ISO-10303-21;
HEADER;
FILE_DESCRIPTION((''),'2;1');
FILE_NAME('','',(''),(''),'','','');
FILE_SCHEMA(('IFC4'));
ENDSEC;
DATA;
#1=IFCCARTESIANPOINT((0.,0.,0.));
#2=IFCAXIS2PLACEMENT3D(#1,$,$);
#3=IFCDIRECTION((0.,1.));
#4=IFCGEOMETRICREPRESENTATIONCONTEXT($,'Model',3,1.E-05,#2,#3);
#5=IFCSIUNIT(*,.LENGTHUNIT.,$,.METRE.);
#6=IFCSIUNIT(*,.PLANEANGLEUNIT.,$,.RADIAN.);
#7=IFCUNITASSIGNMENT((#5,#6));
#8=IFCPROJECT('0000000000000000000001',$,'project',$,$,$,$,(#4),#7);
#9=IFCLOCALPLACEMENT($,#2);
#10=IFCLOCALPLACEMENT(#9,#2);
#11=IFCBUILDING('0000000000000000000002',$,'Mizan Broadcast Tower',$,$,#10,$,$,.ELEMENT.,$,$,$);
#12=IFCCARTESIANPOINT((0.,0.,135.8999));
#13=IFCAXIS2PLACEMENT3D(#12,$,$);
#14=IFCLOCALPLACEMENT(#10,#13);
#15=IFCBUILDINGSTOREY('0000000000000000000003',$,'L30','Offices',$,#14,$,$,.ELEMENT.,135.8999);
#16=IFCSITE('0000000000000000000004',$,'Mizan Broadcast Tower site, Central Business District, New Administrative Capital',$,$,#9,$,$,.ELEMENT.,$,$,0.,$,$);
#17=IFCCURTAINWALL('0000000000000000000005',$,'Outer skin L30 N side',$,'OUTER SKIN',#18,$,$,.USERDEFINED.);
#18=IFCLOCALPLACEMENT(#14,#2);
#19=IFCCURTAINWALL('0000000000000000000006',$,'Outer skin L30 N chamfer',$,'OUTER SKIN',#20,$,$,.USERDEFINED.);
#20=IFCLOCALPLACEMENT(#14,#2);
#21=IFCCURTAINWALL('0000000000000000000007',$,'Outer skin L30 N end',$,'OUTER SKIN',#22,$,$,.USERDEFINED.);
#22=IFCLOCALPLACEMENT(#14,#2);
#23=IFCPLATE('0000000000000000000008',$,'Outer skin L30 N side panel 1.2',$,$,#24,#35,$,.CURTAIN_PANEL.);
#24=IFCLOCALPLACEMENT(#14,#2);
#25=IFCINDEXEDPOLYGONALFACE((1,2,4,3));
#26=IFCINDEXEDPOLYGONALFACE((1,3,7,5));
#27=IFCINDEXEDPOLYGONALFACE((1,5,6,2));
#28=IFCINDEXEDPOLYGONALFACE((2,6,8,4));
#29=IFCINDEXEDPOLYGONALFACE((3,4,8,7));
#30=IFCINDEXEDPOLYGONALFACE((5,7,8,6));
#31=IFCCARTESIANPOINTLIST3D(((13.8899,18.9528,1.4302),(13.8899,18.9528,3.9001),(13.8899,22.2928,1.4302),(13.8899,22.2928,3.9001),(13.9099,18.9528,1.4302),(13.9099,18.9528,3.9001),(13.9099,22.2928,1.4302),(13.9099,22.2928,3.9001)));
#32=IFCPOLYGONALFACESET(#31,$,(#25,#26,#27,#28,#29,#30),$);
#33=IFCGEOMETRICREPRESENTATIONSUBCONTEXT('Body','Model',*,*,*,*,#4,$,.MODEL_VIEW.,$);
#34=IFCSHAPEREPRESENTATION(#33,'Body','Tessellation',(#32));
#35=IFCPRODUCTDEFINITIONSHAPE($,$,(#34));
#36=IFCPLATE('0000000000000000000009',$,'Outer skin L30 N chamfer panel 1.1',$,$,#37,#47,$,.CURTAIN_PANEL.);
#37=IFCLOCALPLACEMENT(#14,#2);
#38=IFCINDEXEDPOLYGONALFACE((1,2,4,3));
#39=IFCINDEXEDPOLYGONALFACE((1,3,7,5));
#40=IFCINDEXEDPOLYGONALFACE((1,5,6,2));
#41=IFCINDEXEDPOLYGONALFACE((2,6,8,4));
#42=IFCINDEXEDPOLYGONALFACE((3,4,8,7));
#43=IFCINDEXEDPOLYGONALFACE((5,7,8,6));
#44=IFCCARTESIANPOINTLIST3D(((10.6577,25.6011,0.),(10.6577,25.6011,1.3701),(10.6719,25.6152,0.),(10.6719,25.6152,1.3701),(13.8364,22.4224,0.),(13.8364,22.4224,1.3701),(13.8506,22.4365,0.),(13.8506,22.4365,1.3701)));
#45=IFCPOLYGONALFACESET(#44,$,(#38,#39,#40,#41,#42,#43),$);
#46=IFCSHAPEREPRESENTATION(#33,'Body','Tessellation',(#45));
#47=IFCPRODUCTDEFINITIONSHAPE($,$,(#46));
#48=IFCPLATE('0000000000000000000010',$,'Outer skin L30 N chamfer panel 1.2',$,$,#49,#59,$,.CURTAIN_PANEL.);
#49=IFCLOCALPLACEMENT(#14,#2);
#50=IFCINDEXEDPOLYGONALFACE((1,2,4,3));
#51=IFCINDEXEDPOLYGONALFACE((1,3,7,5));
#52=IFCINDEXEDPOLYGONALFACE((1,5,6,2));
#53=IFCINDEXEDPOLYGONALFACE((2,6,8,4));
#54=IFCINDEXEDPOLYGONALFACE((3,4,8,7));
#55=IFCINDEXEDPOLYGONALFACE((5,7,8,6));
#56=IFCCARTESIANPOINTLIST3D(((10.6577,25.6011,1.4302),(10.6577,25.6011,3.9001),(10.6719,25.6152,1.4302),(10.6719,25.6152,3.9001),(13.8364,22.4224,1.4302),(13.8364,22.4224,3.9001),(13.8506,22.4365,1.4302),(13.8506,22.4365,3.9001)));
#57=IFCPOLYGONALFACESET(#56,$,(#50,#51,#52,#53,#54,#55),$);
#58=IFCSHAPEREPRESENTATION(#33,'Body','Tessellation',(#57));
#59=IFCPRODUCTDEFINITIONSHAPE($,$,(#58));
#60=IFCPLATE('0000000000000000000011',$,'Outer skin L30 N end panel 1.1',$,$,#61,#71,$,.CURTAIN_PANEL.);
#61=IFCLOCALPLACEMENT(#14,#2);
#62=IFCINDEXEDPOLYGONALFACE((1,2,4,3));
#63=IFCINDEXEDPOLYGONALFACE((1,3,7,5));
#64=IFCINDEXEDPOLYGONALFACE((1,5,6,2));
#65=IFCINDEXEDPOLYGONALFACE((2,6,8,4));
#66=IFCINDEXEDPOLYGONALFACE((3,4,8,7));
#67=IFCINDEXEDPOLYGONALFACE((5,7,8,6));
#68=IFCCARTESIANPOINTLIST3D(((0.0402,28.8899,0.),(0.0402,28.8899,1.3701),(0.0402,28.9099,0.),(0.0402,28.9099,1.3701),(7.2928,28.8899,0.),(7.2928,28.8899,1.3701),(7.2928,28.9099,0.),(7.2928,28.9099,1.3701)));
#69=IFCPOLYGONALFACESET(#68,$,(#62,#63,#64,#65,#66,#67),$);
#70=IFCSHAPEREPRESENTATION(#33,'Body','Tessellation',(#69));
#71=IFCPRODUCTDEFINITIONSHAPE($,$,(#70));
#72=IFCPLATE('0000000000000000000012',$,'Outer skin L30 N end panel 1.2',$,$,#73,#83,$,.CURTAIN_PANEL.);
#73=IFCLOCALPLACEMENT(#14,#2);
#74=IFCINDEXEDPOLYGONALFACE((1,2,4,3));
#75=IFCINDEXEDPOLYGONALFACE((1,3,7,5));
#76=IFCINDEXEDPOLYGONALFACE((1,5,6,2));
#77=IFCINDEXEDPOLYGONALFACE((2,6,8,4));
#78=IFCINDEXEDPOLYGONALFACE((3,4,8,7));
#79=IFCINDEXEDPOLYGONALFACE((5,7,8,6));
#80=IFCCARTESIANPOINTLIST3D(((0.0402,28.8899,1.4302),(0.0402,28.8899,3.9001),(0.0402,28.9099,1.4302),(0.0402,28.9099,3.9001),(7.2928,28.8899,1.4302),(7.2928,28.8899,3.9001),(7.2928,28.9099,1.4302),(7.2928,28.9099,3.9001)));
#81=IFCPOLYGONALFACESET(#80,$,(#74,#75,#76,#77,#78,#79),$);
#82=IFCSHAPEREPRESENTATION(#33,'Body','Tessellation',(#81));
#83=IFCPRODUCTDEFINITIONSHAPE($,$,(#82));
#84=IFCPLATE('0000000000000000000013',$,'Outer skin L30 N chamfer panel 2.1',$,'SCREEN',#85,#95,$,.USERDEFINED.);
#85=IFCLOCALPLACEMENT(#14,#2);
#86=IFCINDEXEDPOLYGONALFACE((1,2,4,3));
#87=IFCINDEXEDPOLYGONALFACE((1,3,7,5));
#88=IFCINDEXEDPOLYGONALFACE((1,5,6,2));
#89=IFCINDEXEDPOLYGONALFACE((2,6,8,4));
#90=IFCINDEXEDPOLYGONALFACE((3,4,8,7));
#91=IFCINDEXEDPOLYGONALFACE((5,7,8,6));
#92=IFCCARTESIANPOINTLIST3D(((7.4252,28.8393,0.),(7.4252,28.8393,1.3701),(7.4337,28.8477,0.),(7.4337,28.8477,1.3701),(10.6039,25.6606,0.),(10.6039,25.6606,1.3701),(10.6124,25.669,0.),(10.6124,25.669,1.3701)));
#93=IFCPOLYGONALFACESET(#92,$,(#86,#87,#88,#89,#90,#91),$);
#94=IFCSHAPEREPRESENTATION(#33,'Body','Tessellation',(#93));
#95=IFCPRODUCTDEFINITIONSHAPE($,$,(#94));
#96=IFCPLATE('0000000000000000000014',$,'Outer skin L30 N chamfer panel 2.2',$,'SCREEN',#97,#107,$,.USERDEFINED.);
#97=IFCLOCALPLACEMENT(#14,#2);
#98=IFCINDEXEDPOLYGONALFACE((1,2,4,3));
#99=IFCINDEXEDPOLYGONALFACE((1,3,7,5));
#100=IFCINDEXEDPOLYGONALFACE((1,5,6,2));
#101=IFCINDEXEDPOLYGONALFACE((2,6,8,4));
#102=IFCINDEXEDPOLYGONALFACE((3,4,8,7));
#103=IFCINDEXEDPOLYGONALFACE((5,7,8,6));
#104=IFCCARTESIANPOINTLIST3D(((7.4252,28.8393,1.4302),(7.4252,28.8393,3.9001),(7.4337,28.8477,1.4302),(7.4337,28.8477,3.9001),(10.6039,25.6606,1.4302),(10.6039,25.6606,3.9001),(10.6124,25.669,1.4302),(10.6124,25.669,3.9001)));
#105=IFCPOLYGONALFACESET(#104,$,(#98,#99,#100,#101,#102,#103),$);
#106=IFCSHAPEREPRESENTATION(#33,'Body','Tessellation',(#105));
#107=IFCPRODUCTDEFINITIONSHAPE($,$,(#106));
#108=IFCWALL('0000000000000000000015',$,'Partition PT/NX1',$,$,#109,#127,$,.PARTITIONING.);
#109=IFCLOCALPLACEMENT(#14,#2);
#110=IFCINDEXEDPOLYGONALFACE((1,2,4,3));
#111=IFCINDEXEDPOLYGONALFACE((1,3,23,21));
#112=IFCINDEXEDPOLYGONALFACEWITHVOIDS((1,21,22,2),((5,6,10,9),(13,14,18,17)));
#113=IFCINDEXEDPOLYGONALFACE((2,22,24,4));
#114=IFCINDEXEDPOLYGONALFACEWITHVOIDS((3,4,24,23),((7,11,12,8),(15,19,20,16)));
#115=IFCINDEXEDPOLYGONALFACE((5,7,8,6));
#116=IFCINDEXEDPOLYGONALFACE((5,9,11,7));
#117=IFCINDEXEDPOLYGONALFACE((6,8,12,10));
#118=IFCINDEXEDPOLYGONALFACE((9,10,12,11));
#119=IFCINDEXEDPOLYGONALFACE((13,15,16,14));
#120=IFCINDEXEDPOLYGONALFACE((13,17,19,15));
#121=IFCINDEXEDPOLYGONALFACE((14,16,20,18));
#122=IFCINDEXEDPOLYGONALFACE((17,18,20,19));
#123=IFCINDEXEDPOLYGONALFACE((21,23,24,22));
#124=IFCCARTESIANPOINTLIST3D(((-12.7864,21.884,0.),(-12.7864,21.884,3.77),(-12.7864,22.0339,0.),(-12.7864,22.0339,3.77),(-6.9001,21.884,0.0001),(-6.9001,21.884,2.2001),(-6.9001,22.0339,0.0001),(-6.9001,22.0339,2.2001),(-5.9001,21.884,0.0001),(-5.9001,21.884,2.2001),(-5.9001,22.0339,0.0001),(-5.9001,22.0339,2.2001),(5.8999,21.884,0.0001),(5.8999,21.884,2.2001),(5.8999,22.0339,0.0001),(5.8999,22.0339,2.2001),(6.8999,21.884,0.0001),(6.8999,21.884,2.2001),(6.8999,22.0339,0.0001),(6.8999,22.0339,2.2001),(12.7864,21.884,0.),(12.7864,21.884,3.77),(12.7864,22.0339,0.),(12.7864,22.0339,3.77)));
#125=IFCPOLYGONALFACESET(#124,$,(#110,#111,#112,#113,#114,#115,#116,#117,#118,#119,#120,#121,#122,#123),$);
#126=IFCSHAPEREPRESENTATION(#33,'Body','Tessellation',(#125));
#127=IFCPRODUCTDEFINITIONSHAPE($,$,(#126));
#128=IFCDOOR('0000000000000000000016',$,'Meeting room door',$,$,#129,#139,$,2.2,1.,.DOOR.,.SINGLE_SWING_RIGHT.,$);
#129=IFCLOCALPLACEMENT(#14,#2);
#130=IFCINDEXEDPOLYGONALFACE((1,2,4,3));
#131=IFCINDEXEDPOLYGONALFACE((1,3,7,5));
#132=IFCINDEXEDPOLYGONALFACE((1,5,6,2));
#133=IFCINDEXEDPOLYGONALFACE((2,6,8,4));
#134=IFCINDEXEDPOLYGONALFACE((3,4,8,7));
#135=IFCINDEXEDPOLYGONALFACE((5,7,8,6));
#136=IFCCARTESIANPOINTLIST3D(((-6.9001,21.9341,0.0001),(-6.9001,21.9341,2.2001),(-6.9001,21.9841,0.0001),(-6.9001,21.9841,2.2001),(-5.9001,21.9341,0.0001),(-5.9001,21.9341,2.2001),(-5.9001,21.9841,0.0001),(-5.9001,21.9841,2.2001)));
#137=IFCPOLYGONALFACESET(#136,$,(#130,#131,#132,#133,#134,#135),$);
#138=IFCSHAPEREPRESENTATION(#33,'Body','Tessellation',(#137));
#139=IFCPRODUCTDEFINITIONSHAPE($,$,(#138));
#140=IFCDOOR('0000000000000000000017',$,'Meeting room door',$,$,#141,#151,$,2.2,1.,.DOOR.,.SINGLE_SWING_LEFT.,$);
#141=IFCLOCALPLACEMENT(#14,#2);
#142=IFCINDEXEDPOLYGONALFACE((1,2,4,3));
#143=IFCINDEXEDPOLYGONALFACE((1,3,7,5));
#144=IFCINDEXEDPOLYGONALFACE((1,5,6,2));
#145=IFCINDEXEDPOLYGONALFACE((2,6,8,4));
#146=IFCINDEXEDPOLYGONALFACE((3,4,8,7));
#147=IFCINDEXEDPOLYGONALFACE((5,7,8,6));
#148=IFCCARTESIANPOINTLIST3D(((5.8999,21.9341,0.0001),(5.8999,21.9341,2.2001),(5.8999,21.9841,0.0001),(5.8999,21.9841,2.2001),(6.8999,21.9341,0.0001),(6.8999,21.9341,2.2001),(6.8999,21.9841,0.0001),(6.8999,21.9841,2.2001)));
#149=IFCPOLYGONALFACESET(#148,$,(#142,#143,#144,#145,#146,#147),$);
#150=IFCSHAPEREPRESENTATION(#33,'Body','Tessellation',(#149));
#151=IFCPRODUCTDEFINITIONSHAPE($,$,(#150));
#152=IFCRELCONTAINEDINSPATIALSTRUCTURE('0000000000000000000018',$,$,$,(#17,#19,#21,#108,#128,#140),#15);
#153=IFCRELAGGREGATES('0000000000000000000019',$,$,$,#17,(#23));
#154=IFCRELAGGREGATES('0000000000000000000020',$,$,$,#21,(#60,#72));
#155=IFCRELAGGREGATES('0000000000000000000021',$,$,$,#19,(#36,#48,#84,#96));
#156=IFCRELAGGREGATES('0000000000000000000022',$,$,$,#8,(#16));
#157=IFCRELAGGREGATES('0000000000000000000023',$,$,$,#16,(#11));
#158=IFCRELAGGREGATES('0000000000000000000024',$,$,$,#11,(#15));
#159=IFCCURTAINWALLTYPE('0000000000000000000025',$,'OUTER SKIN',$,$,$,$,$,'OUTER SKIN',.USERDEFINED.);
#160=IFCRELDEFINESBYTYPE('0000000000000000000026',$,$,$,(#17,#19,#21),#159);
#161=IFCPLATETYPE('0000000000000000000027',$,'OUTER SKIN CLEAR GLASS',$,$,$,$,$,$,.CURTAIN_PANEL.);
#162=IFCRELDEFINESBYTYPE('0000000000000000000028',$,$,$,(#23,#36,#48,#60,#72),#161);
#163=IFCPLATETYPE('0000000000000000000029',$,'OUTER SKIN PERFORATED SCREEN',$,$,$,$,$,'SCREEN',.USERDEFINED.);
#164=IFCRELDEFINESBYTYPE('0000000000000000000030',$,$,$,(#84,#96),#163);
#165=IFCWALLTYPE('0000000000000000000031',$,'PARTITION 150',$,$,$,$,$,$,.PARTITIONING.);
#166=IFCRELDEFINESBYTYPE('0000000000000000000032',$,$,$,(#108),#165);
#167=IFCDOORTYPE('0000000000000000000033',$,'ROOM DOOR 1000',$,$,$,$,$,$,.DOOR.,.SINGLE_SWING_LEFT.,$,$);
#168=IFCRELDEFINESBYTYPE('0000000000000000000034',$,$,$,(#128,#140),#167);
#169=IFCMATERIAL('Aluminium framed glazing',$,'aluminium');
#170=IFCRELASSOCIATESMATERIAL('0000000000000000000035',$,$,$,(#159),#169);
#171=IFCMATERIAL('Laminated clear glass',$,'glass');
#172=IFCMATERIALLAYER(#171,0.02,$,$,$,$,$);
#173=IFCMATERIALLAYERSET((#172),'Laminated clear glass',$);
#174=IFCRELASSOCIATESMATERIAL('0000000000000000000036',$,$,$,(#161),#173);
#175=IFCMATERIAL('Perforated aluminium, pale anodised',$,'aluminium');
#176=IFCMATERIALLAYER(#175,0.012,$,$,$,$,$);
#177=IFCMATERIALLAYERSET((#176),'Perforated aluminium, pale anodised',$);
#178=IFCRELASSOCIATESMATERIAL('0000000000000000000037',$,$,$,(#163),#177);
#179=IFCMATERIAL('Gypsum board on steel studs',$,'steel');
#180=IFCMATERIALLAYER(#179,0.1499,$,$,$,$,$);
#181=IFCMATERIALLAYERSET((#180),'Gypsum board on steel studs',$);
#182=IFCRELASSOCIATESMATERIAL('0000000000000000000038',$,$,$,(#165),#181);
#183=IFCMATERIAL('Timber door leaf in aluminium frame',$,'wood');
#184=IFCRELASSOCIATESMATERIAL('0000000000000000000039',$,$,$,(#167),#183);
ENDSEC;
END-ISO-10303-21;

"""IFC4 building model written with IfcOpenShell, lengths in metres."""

from ifc_helpers import new_model, si_unit, direction, frame, frame_2d, origin, origin_2d, place, context, subcontext, project, spatial, rectangle, extrude, material, layer, layer_set, type_object, element, fill, aggregate, save


model = new_model("IFC4")

# Units and contexts
model_context = context("Model", 3, precision=1e-05, world=origin(), true_north=direction((0.0, 1.0)))
body_context = subcontext(model_context, "Body", "Model", "MODEL_VIEW")
ifc_project = project(units=[si_unit("LENGTHUNIT", "METRE"), si_unit("PLANEANGLEUNIT", "RADIAN")], contexts=[model_context])

# Site, building, storey
site_placement = place(None, origin())
site = spatial("IfcSite", under=ifc_project, at=site_placement, Name="Mizan Broadcast Tower site, Central Business District, New Administrative Capital", CompositionType="ELEMENT", RefElevation=0.0)
building_placement = place(site_placement, origin())
building = spatial("IfcBuilding", under=site, at=building_placement, Name="Mizan Broadcast Tower", CompositionType="ELEMENT")
storey_placement = place(building_placement, frame((0.0, 0.0, 135.8999)))
storey = spatial("IfcBuildingStorey", under=building, at=storey_placement, Name="L30", Description="Offices", CompositionType="ELEMENT", Elevation=135.8999)

# Curtain wall
ifc_material_1 = material(Name="Aluminium framed glazing", Category="aluminium")
curtain_wall_type_1 = type_object("IfcCurtainWallType", Name="OUTER SKIN", ElementType="OUTER SKIN", PredefinedType="USERDEFINED", material=ifc_material_1)
curtain_wall_1_placement = place(storey_placement, origin())
curtain_wall_1 = element("IfcCurtainWall", 1, at=curtain_wall_1_placement, inside=storey, type_object=curtain_wall_type_1, Name="Outer skin L30 N side", ObjectType="OUTER SKIN", PredefinedType="USERDEFINED")

# Curtain wall
curtain_wall_2_placement = place(storey_placement, origin())
curtain_wall_2 = element("IfcCurtainWall", 2, at=curtain_wall_2_placement, inside=storey, type_object=curtain_wall_type_1, Name="Outer skin L30 N chamfer", ObjectType="OUTER SKIN", PredefinedType="USERDEFINED")

# Curtain wall
curtain_wall_3_placement = place(storey_placement, origin())
curtain_wall_3 = element("IfcCurtainWall", 3, at=curtain_wall_3_placement, inside=storey, type_object=curtain_wall_type_1, Name="Outer skin L30 N end", ObjectType="OUTER SKIN", PredefinedType="USERDEFINED")

# Plates
ifc_material_2 = material(Name="Laminated clear glass", Category="glass")
ifc_layer_1 = layer(ifc_material_2, 0.02)
ifc_layer_set_1 = layer_set([ifc_layer_1], Name="Laminated clear glass")
plate_type_1 = type_object("IfcPlateType", Name="OUTER SKIN CLEAR GLASS", PredefinedType="CURTAIN_PANEL", material=ifc_layer_set_1)
plate_1_placement = place(storey_placement, frame((13.8999, 20.6228, 1.4302), z_axis=(0.0, 0.0, 1.0), x_axis=(0.0, 1.0, 0.0)))
plate_1 = element("IfcPlate", 4, at=plate_1_placement, type_object=plate_type_1, Name="Outer skin L30 N side panel 1.2", PredefinedType="CURTAIN_PANEL", context=body_context, shape_type="SweptSolid", body=[
    extrude(rectangle(XDim=3.3401, YDim=0.02, at=origin_2d()), origin(), (0.0, 0.0, 1.0), 2.47),
])
aggregate(curtain_wall_1, [plate_1])
plate_2_placement = place(storey_placement, frame((12.2542, 24.0188, 0.0), z_axis=(0.0, 0.0, 1.0), x_axis=(-0.707107, 0.707107, 0.0)))
plate_2 = element("IfcPlate", 5, at=plate_2_placement, type_object=plate_type_1, Name="Outer skin L30 N chamfer panel 1.1", PredefinedType="CURTAIN_PANEL", context=body_context, shape_type="SweptSolid", body=[
    extrude(rectangle(XDim=4.4954, YDim=0.02, at=origin_2d()), origin(), (0.0, 0.0, 1.0), 1.3701),
])
plate_3_placement = place(storey_placement, frame((12.2542, 24.0188, 1.4302), z_axis=(0.0, 0.0, 1.0), x_axis=(-0.707107, 0.707107, 0.0)))
plate_3 = element("IfcPlate", 6, at=plate_3_placement, type_object=plate_type_1, Name="Outer skin L30 N chamfer panel 1.2", PredefinedType="CURTAIN_PANEL", context=body_context, shape_type="SweptSolid", body=[
    extrude(rectangle(XDim=4.4954, YDim=0.02, at=origin_2d()), origin(), (0.0, 0.0, 1.0), 2.47),
])
plate_4_placement = place(storey_placement, frame((3.6665, 28.8999, 0.0), z_axis=(0.0, 0.0, 1.0), x_axis=(-1.0, 0.0, 0.0)))
plate_4 = element("IfcPlate", 7, at=plate_4_placement, type_object=plate_type_1, Name="Outer skin L30 N end panel 1.1", PredefinedType="CURTAIN_PANEL", context=body_context, shape_type="SweptSolid", body=[
    extrude(rectangle(XDim=7.2527, YDim=0.02, at=origin_2d()), origin(), (0.0, 0.0, 1.0), 1.3701),
])
plate_5_placement = place(storey_placement, frame((3.6665, 28.8999, 1.4302), z_axis=(0.0, 0.0, 1.0), x_axis=(-1.0, 0.0, 0.0)))
plate_5 = element("IfcPlate", 8, at=plate_5_placement, type_object=plate_type_1, Name="Outer skin L30 N end panel 1.2", PredefinedType="CURTAIN_PANEL", context=body_context, shape_type="SweptSolid", body=[
    extrude(rectangle(XDim=7.2527, YDim=0.02, at=origin_2d()), origin(), (0.0, 0.0, 1.0), 2.47),
])
aggregate(curtain_wall_3, [plate_4, plate_5])
ifc_material_3 = material(Name="Perforated aluminium, pale anodised", Category="aluminium")
ifc_layer_2 = layer(ifc_material_3, 0.012)
ifc_layer_set_2 = layer_set([ifc_layer_2], Name="Perforated aluminium, pale anodised")
plate_type_2 = type_object("IfcPlateType", Name="OUTER SKIN PERFORATED SCREEN", ElementType="SCREEN", PredefinedType="USERDEFINED", material=ifc_layer_set_2)
plate_6_placement = place(storey_placement, frame((9.0188, 27.2542, 0.0), z_axis=(0.0, 0.0, 1.0), x_axis=(-0.707107, 0.707107, 0.0)))
plate_6 = element("IfcPlate", 9, at=plate_6_placement, type_object=plate_type_2, Name="Outer skin L30 N chamfer panel 2.1", ObjectType="SCREEN", PredefinedType="USERDEFINED", context=body_context, shape_type="SweptSolid", body=[
    extrude(rectangle(XDim=4.4954, YDim=0.012, at=origin_2d()), origin(), (0.0, 0.0, 1.0), 1.3701),
])
plate_7_placement = place(storey_placement, frame((9.0188, 27.2542, 1.4302), z_axis=(0.0, 0.0, 1.0), x_axis=(-0.707107, 0.707107, 0.0)))
plate_7 = element("IfcPlate", 10, at=plate_7_placement, type_object=plate_type_2, Name="Outer skin L30 N chamfer panel 2.2", ObjectType="SCREEN", PredefinedType="USERDEFINED", context=body_context, shape_type="SweptSolid", body=[
    extrude(rectangle(XDim=4.4954, YDim=0.012, at=origin_2d()), origin(), (0.0, 0.0, 1.0), 2.47),
])
aggregate(curtain_wall_2, [plate_2, plate_3, plate_6, plate_7])

# Wall, openings, doors
ifc_material_4 = material(Name="Gypsum board on steel studs", Category="steel")
ifc_layer_3 = layer(ifc_material_4, 0.1499)
ifc_layer_set_3 = layer_set([ifc_layer_3], Name="Gypsum board on steel studs")
wall_type = type_object("IfcWallType", Name="PARTITION 150", PredefinedType="PARTITIONING", material=ifc_layer_set_3)
wall_placement = place(storey_placement, frame((12.7864, 21.959, 0.0), z_axis=(0.0, 0.0, 1.0), x_axis=(-1.0, 0.0, 0.0)))
wall = element("IfcWall", 11, at=wall_placement, inside=storey, type_object=wall_type, Name="Partition PT/NX1", PredefinedType="PARTITIONING", context=body_context, shape_type="SweptSolid", body=[
    extrude(rectangle(XDim=25.5728, YDim=0.1499, at=frame_2d((12.7864, 0.0))), origin(), (0.0, 0.0, 1.0), 3.77),
])
opening_1_placement = place(wall_placement, frame((18.6865, 0.0, 0.0)))
opening_1 = element("IfcOpeningElement", 12, at=opening_1_placement, cuts=wall, PredefinedType="OPENING", context=body_context, shape_type="SweptSolid", body=[
    extrude(rectangle(XDim=1.0, YDim=2.2, at=frame_2d((0.5, 1.1001))), frame((0.0, 0.085, 0.0), z_axis=(0.0, -1.0, 0.0), x_axis=(1.0, 0.0, 0.0)), (0.0, 0.0, 1.0), 0.1699),
])
opening_2_placement = place(wall_placement, frame((5.8865, 0.0, 0.0)))
opening_2 = element("IfcOpeningElement", 13, at=opening_2_placement, cuts=wall, PredefinedType="OPENING", context=body_context, shape_type="SweptSolid", body=[
    extrude(rectangle(XDim=1.0, YDim=2.2, at=frame_2d((0.5, 1.1001))), frame((0.0, 0.085, 0.0), z_axis=(0.0, -1.0, 0.0), x_axis=(1.0, 0.0, 0.0)), (0.0, 0.0, 1.0), 0.1699),
])
ifc_material_5 = material(Name="Timber door leaf in aluminium frame", Category="wood")
door_type = type_object("IfcDoorType", Name="ROOM DOOR 1000", OperationType="SINGLE_SWING_LEFT", PredefinedType="DOOR", material=ifc_material_5)
door_1_placement = place(opening_1_placement, origin())
door_1 = element("IfcDoor", 14, at=door_1_placement, inside=storey, type_object=door_type, Name="Meeting room door", OperationType="SINGLE_SWING_RIGHT", OverallHeight=2.2, OverallWidth=1.0, PredefinedType="DOOR", context=body_context, shape_type="SweptSolid", body=[
    extrude(rectangle(XDim=1.0, YDim=2.2, at=frame_2d((0.5, 1.1001))), frame((0.0, 0.0249, 0.0), z_axis=(0.0, -1.0, 0.0), x_axis=(1.0, 0.0, 0.0)), (0.0, 0.0, 1.0), 0.05),
])
fill(opening_1, door_1)
door_2_placement = place(opening_2_placement, origin())
door_2 = element("IfcDoor", 15, at=door_2_placement, inside=storey, type_object=door_type, Name="Meeting room door", OperationType="SINGLE_SWING_LEFT", OverallHeight=2.2, OverallWidth=1.0, PredefinedType="DOOR", context=body_context, shape_type="SweptSolid", body=[
    extrude(rectangle(XDim=1.0, YDim=2.2, at=frame_2d((0.5, 1.1001))), frame((0.0, 0.0249, 0.0), z_axis=(0.0, -1.0, 0.0), x_axis=(1.0, 0.0, 0.0)), (0.0, 0.0, 1.0), 0.05),
])
fill(opening_2, door_2)

save(model, "model.ifc")
